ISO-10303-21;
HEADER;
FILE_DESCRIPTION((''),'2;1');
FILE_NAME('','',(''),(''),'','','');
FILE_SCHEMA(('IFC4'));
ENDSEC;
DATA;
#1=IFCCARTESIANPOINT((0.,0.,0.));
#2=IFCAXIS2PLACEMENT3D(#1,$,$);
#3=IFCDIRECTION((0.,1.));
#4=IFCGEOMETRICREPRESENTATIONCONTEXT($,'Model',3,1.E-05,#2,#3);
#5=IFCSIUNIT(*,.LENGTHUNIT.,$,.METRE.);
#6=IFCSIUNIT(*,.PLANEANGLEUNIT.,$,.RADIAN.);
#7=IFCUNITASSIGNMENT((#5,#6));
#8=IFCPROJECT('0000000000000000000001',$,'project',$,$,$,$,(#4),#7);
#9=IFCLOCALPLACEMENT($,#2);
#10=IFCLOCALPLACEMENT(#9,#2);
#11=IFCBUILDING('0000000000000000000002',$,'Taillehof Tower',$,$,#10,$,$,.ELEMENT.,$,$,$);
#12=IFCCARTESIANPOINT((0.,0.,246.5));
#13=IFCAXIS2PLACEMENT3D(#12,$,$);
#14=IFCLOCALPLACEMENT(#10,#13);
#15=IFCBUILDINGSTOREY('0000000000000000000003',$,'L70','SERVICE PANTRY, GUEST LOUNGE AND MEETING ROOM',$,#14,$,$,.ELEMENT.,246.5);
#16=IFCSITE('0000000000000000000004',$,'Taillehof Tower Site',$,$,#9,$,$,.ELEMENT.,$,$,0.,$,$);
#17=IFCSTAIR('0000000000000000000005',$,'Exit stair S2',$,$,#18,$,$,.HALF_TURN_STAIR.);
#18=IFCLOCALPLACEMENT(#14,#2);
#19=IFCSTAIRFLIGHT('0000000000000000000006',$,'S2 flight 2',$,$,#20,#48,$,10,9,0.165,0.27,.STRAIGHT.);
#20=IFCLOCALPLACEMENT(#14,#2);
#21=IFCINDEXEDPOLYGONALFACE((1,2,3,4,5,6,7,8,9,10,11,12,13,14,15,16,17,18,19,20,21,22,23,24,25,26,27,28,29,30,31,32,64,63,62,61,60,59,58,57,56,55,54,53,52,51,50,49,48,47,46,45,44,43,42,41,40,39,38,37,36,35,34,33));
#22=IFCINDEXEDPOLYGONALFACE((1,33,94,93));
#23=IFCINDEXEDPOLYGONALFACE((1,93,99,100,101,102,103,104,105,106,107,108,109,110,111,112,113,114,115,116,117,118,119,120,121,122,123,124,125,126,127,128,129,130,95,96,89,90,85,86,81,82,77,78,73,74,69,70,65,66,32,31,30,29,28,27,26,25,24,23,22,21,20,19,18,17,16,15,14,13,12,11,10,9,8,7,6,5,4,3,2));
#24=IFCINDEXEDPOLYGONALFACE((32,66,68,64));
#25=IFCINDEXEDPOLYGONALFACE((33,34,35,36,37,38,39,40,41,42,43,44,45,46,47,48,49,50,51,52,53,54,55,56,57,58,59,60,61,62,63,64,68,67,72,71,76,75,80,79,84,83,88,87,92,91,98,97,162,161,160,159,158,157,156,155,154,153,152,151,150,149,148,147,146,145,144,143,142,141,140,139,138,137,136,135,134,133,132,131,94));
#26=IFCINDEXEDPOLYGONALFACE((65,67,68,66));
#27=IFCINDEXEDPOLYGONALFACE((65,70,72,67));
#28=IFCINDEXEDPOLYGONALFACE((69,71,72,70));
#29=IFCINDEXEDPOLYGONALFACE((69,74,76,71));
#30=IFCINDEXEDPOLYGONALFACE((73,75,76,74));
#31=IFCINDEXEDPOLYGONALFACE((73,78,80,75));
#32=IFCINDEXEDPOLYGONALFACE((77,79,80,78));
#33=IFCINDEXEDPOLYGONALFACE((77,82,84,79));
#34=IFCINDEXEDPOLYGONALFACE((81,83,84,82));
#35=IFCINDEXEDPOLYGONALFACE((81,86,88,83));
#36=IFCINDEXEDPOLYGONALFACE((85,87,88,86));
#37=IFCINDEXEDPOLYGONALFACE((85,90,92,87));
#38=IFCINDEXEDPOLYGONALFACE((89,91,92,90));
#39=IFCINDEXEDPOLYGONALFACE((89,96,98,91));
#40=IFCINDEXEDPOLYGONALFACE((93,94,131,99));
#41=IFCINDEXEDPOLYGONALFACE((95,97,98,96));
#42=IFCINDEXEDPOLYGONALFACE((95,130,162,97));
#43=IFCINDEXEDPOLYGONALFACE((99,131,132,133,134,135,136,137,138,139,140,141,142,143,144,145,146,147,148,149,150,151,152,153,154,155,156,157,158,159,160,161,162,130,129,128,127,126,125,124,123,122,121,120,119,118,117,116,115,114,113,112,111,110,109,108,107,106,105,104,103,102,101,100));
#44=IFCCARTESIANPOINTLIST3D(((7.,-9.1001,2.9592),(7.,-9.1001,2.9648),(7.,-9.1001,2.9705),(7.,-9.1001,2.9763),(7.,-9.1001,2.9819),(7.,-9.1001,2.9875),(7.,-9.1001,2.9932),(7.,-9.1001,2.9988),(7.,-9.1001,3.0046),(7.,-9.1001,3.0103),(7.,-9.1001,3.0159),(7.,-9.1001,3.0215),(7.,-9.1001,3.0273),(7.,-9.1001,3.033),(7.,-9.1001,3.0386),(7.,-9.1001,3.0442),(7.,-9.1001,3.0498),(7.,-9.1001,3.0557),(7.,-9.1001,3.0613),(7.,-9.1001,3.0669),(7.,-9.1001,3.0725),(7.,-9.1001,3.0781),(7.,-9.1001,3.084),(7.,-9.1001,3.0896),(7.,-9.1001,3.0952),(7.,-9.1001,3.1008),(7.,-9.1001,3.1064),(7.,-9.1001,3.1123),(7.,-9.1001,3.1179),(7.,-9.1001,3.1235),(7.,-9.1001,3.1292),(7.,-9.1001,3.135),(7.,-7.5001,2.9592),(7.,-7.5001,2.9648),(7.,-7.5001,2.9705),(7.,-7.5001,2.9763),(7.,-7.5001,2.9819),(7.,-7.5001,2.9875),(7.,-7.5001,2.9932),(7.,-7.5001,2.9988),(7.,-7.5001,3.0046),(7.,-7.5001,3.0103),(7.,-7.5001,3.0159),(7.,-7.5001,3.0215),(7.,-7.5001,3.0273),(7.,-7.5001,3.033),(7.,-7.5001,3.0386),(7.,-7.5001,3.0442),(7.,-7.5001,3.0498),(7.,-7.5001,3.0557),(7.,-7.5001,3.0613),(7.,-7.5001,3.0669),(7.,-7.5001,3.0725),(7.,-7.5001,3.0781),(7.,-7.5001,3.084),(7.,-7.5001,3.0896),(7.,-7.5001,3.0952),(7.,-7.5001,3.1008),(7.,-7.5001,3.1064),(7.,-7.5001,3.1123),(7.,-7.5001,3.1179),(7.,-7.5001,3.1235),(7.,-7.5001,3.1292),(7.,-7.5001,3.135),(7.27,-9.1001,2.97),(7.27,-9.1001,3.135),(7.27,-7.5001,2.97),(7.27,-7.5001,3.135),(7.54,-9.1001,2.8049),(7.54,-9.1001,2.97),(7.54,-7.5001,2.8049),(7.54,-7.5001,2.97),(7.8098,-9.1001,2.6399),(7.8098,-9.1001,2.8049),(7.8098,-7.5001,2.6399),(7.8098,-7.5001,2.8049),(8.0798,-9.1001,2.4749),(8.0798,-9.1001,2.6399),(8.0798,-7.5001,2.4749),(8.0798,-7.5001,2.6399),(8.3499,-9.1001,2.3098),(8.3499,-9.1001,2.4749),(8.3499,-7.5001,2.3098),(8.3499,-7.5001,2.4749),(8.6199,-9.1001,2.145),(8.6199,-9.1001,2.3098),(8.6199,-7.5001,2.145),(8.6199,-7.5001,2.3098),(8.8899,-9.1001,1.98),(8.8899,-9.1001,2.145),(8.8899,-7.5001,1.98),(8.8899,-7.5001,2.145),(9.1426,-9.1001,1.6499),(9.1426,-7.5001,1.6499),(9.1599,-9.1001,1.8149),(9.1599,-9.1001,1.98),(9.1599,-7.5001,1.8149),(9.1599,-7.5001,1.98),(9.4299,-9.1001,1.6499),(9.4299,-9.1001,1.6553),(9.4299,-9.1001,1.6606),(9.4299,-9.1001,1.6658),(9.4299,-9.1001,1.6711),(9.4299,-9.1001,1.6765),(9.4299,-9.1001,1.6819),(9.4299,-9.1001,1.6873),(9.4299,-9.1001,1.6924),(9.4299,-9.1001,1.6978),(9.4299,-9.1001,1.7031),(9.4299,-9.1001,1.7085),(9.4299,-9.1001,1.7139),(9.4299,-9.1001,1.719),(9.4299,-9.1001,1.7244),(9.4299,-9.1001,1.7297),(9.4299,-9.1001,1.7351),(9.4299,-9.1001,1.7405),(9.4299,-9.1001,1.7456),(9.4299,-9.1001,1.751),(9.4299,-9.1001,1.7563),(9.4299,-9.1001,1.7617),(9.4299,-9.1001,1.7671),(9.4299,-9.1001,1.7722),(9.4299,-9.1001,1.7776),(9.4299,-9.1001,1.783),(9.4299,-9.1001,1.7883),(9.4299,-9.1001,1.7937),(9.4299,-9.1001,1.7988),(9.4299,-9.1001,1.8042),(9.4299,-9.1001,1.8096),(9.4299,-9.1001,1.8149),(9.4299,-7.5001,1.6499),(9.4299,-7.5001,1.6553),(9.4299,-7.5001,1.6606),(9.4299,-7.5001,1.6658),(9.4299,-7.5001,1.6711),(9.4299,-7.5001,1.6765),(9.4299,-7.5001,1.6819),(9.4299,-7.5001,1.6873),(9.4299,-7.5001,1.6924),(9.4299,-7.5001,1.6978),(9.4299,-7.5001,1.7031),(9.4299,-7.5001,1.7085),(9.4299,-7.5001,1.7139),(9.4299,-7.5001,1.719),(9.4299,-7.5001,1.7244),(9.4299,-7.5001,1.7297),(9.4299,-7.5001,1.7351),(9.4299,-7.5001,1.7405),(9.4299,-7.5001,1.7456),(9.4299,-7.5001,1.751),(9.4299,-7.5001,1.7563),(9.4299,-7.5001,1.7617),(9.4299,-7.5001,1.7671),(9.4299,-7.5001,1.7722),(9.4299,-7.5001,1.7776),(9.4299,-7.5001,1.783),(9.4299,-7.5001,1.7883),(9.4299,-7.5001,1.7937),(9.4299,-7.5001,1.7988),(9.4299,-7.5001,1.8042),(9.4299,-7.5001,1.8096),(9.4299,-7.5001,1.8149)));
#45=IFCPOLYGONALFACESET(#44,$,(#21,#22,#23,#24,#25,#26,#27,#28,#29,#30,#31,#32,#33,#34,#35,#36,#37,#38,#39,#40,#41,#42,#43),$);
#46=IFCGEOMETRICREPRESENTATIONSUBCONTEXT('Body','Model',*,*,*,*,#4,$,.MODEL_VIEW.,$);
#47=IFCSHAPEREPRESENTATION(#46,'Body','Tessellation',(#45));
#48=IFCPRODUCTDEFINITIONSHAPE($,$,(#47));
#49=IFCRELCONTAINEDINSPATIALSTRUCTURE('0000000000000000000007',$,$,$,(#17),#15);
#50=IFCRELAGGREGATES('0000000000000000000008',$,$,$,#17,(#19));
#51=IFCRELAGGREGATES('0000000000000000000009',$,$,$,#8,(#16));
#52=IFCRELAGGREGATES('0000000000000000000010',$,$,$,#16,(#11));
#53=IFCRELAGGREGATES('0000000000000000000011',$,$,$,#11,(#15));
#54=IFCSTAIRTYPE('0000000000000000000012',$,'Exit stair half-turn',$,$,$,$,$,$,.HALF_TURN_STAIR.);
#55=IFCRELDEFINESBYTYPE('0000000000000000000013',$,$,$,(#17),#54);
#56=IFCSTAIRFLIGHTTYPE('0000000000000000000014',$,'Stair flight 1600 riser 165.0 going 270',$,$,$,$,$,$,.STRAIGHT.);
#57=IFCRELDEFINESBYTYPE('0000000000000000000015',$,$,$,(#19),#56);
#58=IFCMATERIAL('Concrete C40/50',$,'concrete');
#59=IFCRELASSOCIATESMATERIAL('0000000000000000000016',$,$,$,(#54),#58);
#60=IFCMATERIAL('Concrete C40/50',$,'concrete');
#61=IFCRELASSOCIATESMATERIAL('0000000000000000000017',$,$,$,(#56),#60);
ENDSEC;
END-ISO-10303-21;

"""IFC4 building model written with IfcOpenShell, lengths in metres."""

from ifc_helpers import new_model, si_unit, direction, frame, origin, place, context, subcontext, project, spatial, polyline, outline, extrude, material, type_object, element, aggregate, save


model = new_model("IFC4")

# Units and contexts
model_context = context("Model", 3, precision=1e-05, world=origin(), true_north=direction((0.0, 1.0)))
body_context = subcontext(model_context, "Body", "Model", "MODEL_VIEW")
ifc_project = project(units=[si_unit("LENGTHUNIT", "METRE"), si_unit("PLANEANGLEUNIT", "RADIAN")], contexts=[model_context])

# Site, building, storey
site_placement = place(None, origin())
site = spatial("IfcSite", under=ifc_project, at=site_placement, Name="Taillehof Tower Site", CompositionType="ELEMENT", RefElevation=0.0)
building_placement = place(site_placement, origin())
building = spatial("IfcBuilding", under=site, at=building_placement, Name="Taillehof Tower", CompositionType="ELEMENT")
storey_placement = place(building_placement, frame((0.0, 0.0, 246.5)))
storey = spatial("IfcBuildingStorey", under=building, at=storey_placement, Name="L70", Description="SERVICE PANTRY, GUEST LOUNGE AND MEETING ROOM", CompositionType="ELEMENT", Elevation=246.5)

# Stair, stair flight
ifc_material_1 = material(Name="Concrete C40/50", Category="concrete")
stair_type = type_object("IfcStairType", Name="Exit stair half-turn", PredefinedType="HALF_TURN_STAIR", material=ifc_material_1)
stair_placement = place(storey_placement, origin())
stair = element("IfcStair", 1, at=stair_placement, inside=storey, type_object=stair_type, Name="Exit stair S2", PredefinedType="HALF_TURN_STAIR")
ifc_material_2 = material(Name="Concrete C40/50", Category="concrete")
stair_flight_type = type_object("IfcStairFlightType", Name="Stair flight 1600 riser 165.0 going 270", PredefinedType="STRAIGHT", material=ifc_material_2)
stair_flight_placement = place(storey_placement, frame((9.4299, -8.3, 1.6499), z_axis=(0.0, 0.0, 1.0), x_axis=(-1.0, 0.0, 0.0)))
stair_flight = element("IfcStairFlight", 2, at=stair_flight_placement, type_object=stair_flight_type, Name="S2 flight 2", NumberOfRisers=10, NumberOfTreads=9, PredefinedType="STRAIGHT", RiserHeight=0.165, TreadLength=0.27, context=body_context, shape_type="SweptSolid", body=[
    extrude(outline(polyline([(0.0, 0.0), (0.0, 0.0054), (0.0, 0.0107), (0.0, 0.0159), (0.0, 0.0212), (0.0, 0.0266), (0.0, 0.032), (0.0, 0.0374), (0.0, 0.0425), (0.0, 0.0479), (0.0, 0.0532), (0.0, 0.0586), (0.0, 0.064), (0.0, 0.0691), (0.0, 0.0745), (0.0, 0.0798), (0.0, 0.0852), (0.0, 0.0906), (0.0, 0.0957), (0.0, 0.1011), (0.0, 0.1064), (0.0, 0.1118), (0.0, 0.1172), (0.0, 0.1223), (0.0, 0.1277), (0.0, 0.1331), (0.0, 0.1384), (0.0, 0.1438), (0.0, 0.1489), (0.0, 0.1543), (0.0, 0.1597), (0.0, 0.165), (0.27, 0.165), (0.27, 0.3301), (0.54, 0.3301), (0.54, 0.4951), (0.8101, 0.4951), (0.8101, 0.6599), (1.0801, 0.6599), (1.0801, 0.825), (1.3501, 0.825), (1.3501, 0.99), (1.6201, 0.99), (1.6201, 1.155), (1.8899, 1.155), (1.8899, 1.3201), (2.1599, 1.3201), (2.1599, 1.4851), (2.4299, 1.4851), (2.4299, 1.4792), (2.4299, 1.4736), (2.4299, 1.468), (2.4299, 1.4624), (2.4299, 1.4565), (2.4299, 1.4509), (2.4299, 1.4453), (2.4299, 1.4397), (2.4299, 1.4341), (2.4299, 1.4282), (2.4299, 1.4226), (2.4299, 1.417), (2.4299, 1.4114), (2.4299, 1.4058), (2.4299, 1.3999), (2.4299, 1.3943), (2.4299, 1.3887), (2.4299, 1.3831), (2.4299, 1.3774), (2.4299, 1.3716), (2.4299, 1.366), (2.4299, 1.3604), (2.4299, 1.3547), (2.4299, 1.3489), (2.4299, 1.3433), (2.4299, 1.3376), (2.4299, 1.332), (2.4299, 1.3264), (2.4299, 1.3206), (2.4299, 1.3149), (2.4299, 1.3093), (0.2874, 0.0), (0.0, 0.0)])), frame((0.0, 0.8, 0.0), z_axis=(0.0, -1.0, 0.0), x_axis=(1.0, 0.0, 0.0)), (0.0, 0.0, 1.0), 1.6),
])
aggregate(stair, [stair_flight])

save(model, "model.ifc")
